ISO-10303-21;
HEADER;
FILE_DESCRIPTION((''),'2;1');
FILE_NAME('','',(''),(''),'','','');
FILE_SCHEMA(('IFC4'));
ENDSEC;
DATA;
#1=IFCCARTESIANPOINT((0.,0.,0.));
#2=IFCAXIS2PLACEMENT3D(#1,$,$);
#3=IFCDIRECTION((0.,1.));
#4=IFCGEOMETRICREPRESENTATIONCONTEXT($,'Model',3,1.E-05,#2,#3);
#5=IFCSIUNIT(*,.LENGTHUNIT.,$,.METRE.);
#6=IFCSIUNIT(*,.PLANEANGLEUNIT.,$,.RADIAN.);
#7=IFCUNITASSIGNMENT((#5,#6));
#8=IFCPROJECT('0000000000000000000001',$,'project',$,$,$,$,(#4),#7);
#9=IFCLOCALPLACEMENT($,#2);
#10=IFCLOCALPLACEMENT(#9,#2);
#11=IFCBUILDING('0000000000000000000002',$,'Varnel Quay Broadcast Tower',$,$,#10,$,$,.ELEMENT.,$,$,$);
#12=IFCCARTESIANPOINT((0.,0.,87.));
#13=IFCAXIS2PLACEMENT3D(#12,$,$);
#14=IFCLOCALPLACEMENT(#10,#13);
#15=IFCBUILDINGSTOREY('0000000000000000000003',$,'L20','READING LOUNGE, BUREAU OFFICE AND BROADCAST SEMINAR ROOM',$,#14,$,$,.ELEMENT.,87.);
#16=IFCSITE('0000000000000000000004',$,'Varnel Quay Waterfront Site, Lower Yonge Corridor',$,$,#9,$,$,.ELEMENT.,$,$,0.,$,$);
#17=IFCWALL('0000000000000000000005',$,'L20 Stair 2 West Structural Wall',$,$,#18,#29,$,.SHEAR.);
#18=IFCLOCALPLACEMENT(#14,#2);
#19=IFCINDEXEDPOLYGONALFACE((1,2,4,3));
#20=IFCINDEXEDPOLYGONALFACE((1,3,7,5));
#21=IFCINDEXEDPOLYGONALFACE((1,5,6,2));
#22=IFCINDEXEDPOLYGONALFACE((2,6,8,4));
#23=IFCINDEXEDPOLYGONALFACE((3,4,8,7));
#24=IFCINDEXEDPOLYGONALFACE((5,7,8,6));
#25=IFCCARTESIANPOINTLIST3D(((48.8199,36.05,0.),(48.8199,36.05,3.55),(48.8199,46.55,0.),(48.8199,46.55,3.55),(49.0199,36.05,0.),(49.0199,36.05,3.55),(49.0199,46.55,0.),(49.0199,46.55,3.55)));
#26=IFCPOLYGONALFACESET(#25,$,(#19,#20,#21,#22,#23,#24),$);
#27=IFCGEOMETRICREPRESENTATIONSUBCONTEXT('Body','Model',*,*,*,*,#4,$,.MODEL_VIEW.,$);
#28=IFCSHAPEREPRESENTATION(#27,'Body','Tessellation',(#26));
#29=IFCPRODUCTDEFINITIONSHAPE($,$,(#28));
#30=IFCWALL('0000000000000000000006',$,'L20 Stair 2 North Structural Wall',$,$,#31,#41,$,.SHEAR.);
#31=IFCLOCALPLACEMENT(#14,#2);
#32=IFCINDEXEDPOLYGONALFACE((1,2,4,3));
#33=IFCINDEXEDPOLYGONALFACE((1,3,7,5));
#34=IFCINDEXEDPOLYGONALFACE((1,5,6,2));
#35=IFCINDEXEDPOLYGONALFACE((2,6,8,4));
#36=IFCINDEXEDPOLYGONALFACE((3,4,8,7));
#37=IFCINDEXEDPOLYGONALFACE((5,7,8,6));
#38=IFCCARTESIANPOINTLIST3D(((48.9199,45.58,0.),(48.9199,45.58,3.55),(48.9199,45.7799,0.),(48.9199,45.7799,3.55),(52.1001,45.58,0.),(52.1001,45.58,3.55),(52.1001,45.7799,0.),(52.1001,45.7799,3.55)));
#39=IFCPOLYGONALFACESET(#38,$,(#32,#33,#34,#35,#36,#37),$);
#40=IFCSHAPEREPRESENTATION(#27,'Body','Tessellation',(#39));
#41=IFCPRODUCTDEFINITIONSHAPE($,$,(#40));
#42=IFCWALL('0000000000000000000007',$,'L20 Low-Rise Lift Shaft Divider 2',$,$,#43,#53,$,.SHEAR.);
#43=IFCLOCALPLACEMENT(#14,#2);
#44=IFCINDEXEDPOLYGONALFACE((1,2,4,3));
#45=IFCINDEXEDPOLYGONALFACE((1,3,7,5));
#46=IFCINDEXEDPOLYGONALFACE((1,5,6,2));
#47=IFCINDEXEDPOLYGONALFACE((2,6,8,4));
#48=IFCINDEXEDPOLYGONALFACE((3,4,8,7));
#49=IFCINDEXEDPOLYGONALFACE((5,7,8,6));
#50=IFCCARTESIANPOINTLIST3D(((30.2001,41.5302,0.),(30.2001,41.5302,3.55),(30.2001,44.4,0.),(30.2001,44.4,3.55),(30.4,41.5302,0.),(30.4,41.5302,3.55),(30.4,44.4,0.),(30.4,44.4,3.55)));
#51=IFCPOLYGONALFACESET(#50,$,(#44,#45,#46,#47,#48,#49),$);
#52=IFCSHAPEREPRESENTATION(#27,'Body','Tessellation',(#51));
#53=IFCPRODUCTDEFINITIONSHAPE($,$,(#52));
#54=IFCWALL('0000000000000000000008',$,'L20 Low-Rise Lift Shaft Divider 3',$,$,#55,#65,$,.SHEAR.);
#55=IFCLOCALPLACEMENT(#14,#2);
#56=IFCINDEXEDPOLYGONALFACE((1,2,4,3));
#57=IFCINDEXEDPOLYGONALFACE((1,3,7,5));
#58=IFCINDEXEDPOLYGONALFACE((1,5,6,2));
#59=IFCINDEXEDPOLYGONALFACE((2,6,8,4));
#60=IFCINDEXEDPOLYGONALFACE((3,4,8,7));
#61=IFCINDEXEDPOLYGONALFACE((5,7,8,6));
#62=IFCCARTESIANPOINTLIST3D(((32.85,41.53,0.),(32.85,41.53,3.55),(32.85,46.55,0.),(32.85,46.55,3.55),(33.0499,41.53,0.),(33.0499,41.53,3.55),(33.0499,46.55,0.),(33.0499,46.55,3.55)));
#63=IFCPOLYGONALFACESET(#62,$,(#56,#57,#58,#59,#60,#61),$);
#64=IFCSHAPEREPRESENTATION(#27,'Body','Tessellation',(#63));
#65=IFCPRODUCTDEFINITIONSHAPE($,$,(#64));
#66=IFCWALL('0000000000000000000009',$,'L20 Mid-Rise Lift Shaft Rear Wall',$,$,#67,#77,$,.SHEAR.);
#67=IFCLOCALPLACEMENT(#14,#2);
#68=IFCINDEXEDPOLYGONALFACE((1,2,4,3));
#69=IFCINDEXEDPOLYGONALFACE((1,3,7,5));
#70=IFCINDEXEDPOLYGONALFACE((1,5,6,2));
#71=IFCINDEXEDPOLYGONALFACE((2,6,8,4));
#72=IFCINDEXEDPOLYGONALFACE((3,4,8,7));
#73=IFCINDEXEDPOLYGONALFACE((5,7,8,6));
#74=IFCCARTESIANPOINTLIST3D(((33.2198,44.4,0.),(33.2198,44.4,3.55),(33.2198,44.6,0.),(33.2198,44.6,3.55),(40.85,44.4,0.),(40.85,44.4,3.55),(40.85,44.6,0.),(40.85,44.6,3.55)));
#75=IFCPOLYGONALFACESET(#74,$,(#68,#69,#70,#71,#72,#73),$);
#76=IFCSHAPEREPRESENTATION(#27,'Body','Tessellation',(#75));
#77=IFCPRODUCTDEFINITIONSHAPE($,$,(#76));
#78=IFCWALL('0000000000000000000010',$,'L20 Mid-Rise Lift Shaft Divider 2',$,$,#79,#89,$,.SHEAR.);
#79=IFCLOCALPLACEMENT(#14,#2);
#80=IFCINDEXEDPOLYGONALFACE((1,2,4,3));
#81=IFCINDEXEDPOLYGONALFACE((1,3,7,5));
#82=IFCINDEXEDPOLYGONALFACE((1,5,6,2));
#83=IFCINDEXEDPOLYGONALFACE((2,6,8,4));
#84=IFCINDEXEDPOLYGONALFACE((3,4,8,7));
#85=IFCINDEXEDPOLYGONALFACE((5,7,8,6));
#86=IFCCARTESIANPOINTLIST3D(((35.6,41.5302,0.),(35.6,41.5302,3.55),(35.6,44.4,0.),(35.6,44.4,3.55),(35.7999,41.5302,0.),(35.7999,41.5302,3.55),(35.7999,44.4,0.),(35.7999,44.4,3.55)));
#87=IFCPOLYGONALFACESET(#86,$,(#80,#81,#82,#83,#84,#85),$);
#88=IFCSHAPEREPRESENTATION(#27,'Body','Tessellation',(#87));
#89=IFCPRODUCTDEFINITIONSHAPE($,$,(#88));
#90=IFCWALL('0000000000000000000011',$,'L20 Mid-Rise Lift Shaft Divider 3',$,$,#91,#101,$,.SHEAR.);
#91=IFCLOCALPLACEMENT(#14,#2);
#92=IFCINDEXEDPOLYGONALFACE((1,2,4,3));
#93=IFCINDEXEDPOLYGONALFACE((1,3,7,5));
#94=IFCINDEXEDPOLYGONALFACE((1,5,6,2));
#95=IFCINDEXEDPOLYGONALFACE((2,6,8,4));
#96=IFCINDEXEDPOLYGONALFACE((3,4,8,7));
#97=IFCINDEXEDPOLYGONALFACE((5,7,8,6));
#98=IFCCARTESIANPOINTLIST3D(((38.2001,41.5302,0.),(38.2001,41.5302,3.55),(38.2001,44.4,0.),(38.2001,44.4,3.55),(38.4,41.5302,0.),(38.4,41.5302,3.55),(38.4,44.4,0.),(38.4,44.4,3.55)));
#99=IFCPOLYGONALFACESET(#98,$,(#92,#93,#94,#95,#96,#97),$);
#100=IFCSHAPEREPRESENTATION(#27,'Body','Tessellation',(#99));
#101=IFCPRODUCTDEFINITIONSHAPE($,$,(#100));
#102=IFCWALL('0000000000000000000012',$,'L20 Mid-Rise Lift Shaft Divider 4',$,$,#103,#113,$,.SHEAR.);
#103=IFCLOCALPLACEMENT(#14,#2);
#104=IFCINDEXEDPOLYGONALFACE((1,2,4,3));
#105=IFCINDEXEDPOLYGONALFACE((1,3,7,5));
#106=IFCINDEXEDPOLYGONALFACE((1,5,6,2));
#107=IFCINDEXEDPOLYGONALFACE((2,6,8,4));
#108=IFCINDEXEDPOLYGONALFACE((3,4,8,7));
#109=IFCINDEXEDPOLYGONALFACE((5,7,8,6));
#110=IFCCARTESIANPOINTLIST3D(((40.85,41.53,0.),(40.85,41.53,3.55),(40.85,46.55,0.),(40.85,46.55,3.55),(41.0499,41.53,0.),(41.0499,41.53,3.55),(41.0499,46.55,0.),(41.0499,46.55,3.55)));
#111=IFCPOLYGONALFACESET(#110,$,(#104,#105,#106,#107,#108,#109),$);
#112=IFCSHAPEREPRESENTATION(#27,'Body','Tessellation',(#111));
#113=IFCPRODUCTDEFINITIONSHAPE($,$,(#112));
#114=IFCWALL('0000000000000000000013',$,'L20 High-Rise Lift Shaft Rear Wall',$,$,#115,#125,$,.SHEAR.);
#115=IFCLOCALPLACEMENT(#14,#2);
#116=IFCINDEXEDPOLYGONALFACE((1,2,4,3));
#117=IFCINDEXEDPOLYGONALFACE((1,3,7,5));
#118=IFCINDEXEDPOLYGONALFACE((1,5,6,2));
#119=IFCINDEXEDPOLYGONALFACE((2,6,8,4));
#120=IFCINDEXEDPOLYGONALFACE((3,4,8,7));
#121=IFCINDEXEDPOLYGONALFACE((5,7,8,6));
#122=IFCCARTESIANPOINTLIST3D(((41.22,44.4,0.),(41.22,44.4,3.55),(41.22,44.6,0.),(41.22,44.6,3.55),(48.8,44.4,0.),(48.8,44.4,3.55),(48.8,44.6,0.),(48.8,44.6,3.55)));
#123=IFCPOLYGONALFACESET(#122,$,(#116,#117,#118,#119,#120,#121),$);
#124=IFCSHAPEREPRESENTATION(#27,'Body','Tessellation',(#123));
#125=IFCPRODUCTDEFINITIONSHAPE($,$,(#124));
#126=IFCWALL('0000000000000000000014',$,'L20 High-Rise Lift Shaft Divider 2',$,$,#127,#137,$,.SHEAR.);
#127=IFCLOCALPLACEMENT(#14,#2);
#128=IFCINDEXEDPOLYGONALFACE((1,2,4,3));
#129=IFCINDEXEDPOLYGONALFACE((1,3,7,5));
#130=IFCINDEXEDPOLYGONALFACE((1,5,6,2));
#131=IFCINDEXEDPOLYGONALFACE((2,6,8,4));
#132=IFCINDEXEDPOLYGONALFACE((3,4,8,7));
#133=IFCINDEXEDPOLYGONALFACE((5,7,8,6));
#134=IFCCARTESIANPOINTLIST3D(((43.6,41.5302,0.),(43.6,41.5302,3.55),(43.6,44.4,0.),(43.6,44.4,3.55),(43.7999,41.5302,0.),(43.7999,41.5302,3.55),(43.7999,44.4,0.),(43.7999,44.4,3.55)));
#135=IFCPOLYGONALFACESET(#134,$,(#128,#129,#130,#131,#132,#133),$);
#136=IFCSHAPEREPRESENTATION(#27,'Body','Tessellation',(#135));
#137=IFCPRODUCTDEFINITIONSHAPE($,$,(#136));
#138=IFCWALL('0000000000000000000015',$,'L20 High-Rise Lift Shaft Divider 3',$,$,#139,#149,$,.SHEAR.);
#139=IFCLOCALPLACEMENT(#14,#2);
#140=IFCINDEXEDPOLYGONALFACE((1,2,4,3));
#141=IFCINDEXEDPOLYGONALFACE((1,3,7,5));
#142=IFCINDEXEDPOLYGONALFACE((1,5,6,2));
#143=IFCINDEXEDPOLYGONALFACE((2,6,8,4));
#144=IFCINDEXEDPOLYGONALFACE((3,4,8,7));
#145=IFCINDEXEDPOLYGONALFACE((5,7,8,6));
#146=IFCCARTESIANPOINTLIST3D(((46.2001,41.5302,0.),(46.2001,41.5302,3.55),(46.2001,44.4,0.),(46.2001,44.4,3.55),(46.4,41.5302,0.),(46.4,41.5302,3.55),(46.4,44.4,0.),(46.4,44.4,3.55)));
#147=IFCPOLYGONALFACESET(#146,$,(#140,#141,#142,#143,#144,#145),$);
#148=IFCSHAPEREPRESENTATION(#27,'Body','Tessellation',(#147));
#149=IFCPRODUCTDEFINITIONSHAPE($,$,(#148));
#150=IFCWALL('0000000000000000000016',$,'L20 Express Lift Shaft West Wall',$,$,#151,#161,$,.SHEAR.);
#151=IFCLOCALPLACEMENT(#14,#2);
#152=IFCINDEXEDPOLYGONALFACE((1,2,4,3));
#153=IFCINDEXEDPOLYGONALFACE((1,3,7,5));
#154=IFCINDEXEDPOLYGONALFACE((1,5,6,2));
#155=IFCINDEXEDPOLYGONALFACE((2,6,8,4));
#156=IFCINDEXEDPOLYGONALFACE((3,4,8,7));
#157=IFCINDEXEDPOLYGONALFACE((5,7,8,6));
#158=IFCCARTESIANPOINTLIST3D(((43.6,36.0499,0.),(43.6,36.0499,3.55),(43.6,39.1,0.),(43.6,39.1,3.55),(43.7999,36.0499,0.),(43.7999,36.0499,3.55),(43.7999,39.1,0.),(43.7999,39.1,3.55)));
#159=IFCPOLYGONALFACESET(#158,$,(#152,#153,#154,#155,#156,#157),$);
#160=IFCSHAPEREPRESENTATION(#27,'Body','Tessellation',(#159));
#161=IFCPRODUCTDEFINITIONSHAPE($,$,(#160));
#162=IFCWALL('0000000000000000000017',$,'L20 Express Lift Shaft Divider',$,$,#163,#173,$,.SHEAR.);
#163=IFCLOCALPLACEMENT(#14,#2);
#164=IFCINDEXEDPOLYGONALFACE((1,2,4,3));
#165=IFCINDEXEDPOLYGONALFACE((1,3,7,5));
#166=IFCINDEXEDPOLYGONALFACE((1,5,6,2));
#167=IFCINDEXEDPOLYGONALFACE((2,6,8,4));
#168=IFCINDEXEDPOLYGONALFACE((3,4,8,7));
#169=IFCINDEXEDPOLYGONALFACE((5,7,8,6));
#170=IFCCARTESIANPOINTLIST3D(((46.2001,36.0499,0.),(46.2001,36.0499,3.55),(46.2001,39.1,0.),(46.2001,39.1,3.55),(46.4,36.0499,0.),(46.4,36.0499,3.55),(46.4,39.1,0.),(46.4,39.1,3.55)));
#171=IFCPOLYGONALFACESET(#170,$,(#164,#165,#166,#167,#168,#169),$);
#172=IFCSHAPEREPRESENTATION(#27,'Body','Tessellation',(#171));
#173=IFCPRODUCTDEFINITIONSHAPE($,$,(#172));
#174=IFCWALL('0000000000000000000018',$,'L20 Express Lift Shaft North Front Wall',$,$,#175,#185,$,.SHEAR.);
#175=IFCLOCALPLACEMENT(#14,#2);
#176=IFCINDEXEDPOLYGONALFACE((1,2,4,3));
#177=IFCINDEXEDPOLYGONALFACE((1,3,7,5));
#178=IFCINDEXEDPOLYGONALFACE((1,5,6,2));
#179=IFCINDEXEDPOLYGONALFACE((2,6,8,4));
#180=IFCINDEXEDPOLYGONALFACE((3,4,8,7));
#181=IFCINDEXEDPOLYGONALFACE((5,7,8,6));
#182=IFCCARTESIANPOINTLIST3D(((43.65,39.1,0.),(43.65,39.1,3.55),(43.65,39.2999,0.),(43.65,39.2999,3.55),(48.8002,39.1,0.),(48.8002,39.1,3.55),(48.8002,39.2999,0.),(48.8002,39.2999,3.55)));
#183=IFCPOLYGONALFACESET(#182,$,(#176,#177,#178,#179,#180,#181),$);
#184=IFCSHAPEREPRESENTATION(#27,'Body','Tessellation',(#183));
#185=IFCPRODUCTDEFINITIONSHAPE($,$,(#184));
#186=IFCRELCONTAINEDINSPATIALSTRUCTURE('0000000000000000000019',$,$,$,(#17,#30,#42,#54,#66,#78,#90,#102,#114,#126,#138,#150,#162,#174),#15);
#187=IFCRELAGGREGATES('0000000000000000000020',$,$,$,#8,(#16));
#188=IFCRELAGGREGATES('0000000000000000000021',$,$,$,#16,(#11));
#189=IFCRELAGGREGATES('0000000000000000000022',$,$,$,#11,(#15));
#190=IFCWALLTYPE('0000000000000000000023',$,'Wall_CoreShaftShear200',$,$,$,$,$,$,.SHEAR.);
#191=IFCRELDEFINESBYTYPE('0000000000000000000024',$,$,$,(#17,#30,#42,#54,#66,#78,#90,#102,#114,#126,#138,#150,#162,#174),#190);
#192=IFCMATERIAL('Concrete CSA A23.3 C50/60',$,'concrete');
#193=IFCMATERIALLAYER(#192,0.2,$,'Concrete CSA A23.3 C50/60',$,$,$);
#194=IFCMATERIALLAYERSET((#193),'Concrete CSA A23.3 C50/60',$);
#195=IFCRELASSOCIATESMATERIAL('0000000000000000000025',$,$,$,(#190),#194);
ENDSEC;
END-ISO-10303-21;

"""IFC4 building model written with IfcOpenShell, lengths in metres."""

from ifc_helpers import new_model, si_unit, direction, frame, frame_2d, origin, place, context, subcontext, project, spatial, rectangle, extrude, material, layer, layer_set, type_object, element, save


model = new_model("IFC4")

# Units and contexts
model_context = context("Model", 3, precision=1e-05, world=origin(), true_north=direction((0.0, 1.0)))
body_context = subcontext(model_context, "Body", "Model", "MODEL_VIEW")
ifc_project = project(units=[si_unit("LENGTHUNIT", "METRE"), si_unit("PLANEANGLEUNIT", "RADIAN")], contexts=[model_context])

# Site, building, storey
site_placement = place(None, origin())
site = spatial("IfcSite", under=ifc_project, at=site_placement, Name="Varnel Quay Waterfront Site, Lower Yonge Corridor", CompositionType="ELEMENT", RefElevation=0.0)
building_placement = place(site_placement, origin())
building = spatial("IfcBuilding", under=site, at=building_placement, Name="Varnel Quay Broadcast Tower", CompositionType="ELEMENT")
storey_placement = place(building_placement, frame((0.0, 0.0, 87.0)))
storey = spatial("IfcBuildingStorey", under=building, at=storey_placement, Name="L20", Description="READING LOUNGE, BUREAU OFFICE AND BROADCAST SEMINAR ROOM", CompositionType="ELEMENT", Elevation=87.0)

# Walls
ifc_material_1 = material(Name="Concrete CSA A23.3 C50/60", Category="concrete")
ifc_layer_1 = layer(ifc_material_1, 0.2, Name="Concrete CSA A23.3 C50/60")
ifc_layer_set_1 = layer_set([ifc_layer_1], Name="Concrete CSA A23.3 C50/60")
wall_type_1 = type_object("IfcWallType", Name="Wall_CoreShaftShear200", PredefinedType="SHEAR", material=ifc_layer_set_1)
wall_1_placement = place(storey_placement, frame((48.9199, 36.05, 0.0), z_axis=(0.0, 0.0, 1.0), x_axis=(0.0, 1.0, 0.0)))
element("IfcWall", 1, at=wall_1_placement, inside=storey, type_object=wall_type_1, Name="L20 Stair 2 West Structural Wall", PredefinedType="SHEAR", context=body_context, shape_type="SweptSolid", body=[
    extrude(rectangle(XDim=10.5, YDim=0.2, at=frame_2d((5.25, 0.0))), origin(), (0.0, 0.0, 1.0), 3.55),
])
wall_2_placement = place(storey_placement, frame((48.9199, 45.6799, 0.0), z_axis=(0.0, 0.0, 1.0), x_axis=(1.0, 0.0, 0.0)))
element("IfcWall", 2, at=wall_2_placement, inside=storey, type_object=wall_type_1, Name="L20 Stair 2 North Structural Wall", PredefinedType="SHEAR", context=body_context, shape_type="SweptSolid", body=[
    extrude(rectangle(XDim=3.1802, YDim=0.2, at=frame_2d((1.5901, 0.0))), origin(), (0.0, 0.0, 1.0), 3.55),
])
wall_3_placement = place(storey_placement, frame((30.3, 41.53, 0.0), z_axis=(0.0, 0.0, 1.0), x_axis=(0.0, 1.0, 0.0)))
element("IfcWall", 3, at=wall_3_placement, inside=storey, type_object=wall_type_1, Name="L20 Low-Rise Lift Shaft Divider 2", PredefinedType="SHEAR", context=body_context, shape_type="SweptSolid", body=[
    extrude(rectangle(XDim=2.8699, YDim=0.2, at=frame_2d((1.4351, 0.0))), origin(), (0.0, 0.0, 1.0), 3.55),
])
wall_4_placement = place(storey_placement, frame((32.95, 41.53, 0.0), z_axis=(0.0, 0.0, 1.0), x_axis=(0.0, 1.0, 0.0)))
element("IfcWall", 4, at=wall_4_placement, inside=storey, type_object=wall_type_1, Name="L20 Low-Rise Lift Shaft Divider 3", PredefinedType="SHEAR", context=body_context, shape_type="SweptSolid", body=[
    extrude(rectangle(XDim=5.02, YDim=0.2, at=frame_2d((2.51, 0.0))), origin(), (0.0, 0.0, 1.0), 3.55),
])
wall_5_placement = place(storey_placement, frame((33.22, 44.5, 0.0), z_axis=(0.0, 0.0, 1.0), x_axis=(1.0, 0.0, 0.0)))
element("IfcWall", 5, at=wall_5_placement, inside=storey, type_object=wall_type_1, Name="L20 Mid-Rise Lift Shaft Rear Wall", PredefinedType="SHEAR", context=body_context, shape_type="SweptSolid", body=[
    extrude(rectangle(XDim=7.6301, YDim=0.2, at=frame_2d((3.8149, 0.0))), origin(), (0.0, 0.0, 1.0), 3.55),
])
for number, where, z_axis, x_axis, name in (
    (6, (35.7, 41.53, 0.0), (0.0, 0.0, 1.0), (0.0, 1.0, 0.0), "L20 Mid-Rise Lift Shaft Divider 2"),
    (7, (38.3, 41.53, 0.0), (0.0, 0.0, 1.0), (0.0, 1.0, 0.0), "L20 Mid-Rise Lift Shaft Divider 3"),
):
    element("IfcWall", number, at=place(storey_placement, frame(where, z_axis=z_axis, x_axis=x_axis)), inside=storey, type_object=wall_type_1, Name=name, PredefinedType="SHEAR", context=body_context, shape_type="SweptSolid", body=[
        extrude(rectangle(XDim=2.8699, YDim=0.2, at=frame_2d((1.4351, 0.0))), origin(), (0.0, 0.0, 1.0), 3.55),
    ])
wall_6_placement = place(storey_placement, frame((40.95, 41.53, 0.0), z_axis=(0.0, 0.0, 1.0), x_axis=(0.0, 1.0, 0.0)))
element("IfcWall", 8, at=wall_6_placement, inside=storey, type_object=wall_type_1, Name="L20 Mid-Rise Lift Shaft Divider 4", PredefinedType="SHEAR", context=body_context, shape_type="SweptSolid", body=[
    extrude(rectangle(XDim=5.02, YDim=0.2, at=frame_2d((2.51, 0.0))), origin(), (0.0, 0.0, 1.0), 3.55),
])
wall_7_placement = place(storey_placement, frame((41.22, 44.5, 0.0), z_axis=(0.0, 0.0, 1.0), x_axis=(1.0, 0.0, 0.0)))
element("IfcWall", 9, at=wall_7_placement, inside=storey, type_object=wall_type_1, Name="L20 High-Rise Lift Shaft Rear Wall", PredefinedType="SHEAR", context=body_context, shape_type="SweptSolid", body=[
    extrude(rectangle(XDim=7.5801, YDim=0.2, at=frame_2d((3.79, 0.0))), origin(), (0.0, 0.0, 1.0), 3.55),
])
for number, where, z_axis, x_axis, name in (
    (10, (43.7, 41.53, 0.0), (0.0, 0.0, 1.0), (0.0, 1.0, 0.0), "L20 High-Rise Lift Shaft Divider 2"),
    (11, (46.3, 41.53, 0.0), (0.0, 0.0, 1.0), (0.0, 1.0, 0.0), "L20 High-Rise Lift Shaft Divider 3"),
):
    element("IfcWall", number, at=place(storey_placement, frame(where, z_axis=z_axis, x_axis=x_axis)), inside=storey, type_object=wall_type_1, Name=name, PredefinedType="SHEAR", context=body_context, shape_type="SweptSolid", body=[
        extrude(rectangle(XDim=2.8699, YDim=0.2, at=frame_2d((1.4351, 0.0))), origin(), (0.0, 0.0, 1.0), 3.55),
    ])
for number, where, z_axis, x_axis, name in (
    (12, (43.7, 36.05, 0.0), (0.0, 0.0, 1.0), (0.0, 1.0, 0.0), "L20 Express Lift Shaft West Wall"),
    (13, (46.3, 36.05, 0.0), (0.0, 0.0, 1.0), (0.0, 1.0, 0.0), "L20 Express Lift Shaft Divider"),
):
    element("IfcWall", number, at=place(storey_placement, frame(where, z_axis=z_axis, x_axis=x_axis)), inside=storey, type_object=wall_type_1, Name=name, PredefinedType="SHEAR", context=body_context, shape_type="SweptSolid", body=[
        extrude(rectangle(XDim=3.05, YDim=0.2, at=frame_2d((1.5249, 0.0))), origin(), (0.0, 0.0, 1.0), 3.55),
    ])
wall_8_placement = place(storey_placement, frame((43.6499, 39.2, 0.0), z_axis=(0.0, 0.0, 1.0), x_axis=(1.0, 0.0, 0.0)))
element("IfcWall", 14, at=wall_8_placement, inside=storey, type_object=wall_type_1, Name="L20 Express Lift Shaft North Front Wall", PredefinedType="SHEAR", context=body_context, shape_type="SweptSolid", body=[
    extrude(rectangle(XDim=5.1501, YDim=0.2, at=frame_2d((2.5752, 0.0))), origin(), (0.0, 0.0, 1.0), 3.55),
])

save(model, "model.ifc")
